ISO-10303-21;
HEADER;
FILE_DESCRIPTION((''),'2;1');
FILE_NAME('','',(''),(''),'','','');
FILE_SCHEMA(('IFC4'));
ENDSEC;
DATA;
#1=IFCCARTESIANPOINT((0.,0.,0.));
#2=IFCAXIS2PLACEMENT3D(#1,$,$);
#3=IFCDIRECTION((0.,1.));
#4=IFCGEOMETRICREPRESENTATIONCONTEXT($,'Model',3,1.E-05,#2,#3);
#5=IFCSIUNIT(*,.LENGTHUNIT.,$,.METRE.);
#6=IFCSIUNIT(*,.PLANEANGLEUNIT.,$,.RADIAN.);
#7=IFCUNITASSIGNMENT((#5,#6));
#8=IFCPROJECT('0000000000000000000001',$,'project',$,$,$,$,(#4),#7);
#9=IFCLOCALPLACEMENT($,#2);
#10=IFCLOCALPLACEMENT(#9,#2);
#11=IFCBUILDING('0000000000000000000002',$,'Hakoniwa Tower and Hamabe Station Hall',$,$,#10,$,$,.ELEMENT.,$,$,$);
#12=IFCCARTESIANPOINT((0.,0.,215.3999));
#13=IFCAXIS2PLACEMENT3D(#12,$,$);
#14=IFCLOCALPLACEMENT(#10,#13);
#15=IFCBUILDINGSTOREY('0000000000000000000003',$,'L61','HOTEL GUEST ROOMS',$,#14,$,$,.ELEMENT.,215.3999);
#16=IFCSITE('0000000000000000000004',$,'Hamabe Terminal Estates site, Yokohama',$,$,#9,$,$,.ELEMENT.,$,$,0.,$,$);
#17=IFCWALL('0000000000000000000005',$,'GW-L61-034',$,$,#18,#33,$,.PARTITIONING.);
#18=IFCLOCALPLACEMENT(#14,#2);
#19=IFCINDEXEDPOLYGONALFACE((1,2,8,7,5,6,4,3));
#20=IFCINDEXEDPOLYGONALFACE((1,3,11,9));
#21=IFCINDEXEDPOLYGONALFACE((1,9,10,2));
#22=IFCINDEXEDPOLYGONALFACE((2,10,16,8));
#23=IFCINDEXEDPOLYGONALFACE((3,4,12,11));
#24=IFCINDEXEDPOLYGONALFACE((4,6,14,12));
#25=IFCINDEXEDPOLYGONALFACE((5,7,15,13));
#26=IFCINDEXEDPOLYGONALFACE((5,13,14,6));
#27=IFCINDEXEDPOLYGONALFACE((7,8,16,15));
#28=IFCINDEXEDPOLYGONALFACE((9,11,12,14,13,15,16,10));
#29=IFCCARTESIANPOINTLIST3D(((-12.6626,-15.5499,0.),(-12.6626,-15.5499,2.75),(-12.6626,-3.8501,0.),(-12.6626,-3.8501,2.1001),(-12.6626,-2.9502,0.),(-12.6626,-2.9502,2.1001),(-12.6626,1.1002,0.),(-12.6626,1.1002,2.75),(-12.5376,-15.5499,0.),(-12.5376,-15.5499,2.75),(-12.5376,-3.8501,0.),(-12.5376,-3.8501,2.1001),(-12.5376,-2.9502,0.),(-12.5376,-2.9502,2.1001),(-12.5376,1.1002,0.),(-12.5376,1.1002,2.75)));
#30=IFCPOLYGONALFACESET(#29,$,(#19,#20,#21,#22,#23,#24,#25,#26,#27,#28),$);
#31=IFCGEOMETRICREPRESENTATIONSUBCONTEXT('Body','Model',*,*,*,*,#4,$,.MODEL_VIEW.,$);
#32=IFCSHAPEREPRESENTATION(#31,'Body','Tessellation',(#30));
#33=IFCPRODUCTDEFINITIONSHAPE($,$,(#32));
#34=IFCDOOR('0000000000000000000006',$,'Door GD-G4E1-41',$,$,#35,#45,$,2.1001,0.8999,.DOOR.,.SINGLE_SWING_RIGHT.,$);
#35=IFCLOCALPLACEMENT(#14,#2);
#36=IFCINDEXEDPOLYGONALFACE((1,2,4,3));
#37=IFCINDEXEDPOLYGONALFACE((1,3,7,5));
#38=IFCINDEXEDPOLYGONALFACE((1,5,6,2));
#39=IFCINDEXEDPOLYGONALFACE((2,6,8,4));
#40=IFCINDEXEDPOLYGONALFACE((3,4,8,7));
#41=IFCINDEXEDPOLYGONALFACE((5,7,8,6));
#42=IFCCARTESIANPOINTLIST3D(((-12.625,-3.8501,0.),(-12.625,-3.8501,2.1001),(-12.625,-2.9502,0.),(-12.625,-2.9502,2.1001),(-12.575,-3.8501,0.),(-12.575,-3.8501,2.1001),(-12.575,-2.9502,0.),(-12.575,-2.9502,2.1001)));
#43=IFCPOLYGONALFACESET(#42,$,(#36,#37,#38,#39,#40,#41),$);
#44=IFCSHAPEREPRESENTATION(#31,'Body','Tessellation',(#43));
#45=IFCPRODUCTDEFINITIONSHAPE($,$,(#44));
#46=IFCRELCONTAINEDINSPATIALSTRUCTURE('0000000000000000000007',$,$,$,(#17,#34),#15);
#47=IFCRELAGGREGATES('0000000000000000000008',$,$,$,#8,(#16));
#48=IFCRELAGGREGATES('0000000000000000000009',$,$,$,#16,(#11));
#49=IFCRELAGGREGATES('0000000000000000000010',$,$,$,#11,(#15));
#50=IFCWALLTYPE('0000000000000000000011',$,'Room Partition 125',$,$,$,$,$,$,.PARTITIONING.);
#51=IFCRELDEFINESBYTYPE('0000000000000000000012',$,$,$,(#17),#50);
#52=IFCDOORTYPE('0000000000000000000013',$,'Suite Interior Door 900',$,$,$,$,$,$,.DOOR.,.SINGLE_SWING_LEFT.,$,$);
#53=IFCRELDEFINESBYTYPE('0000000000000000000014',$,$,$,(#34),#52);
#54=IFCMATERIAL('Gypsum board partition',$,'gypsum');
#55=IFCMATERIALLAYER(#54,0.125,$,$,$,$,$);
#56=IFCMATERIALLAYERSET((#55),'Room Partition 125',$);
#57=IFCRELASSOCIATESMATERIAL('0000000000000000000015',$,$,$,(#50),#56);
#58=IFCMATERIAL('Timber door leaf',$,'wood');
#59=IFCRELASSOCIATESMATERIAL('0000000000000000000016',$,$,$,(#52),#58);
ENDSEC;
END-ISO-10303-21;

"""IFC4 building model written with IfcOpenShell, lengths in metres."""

from ifc_helpers import new_model, si_unit, direction, frame, frame_2d, origin, place, context, subcontext, project, spatial, rectangle, extrude, material, layer, layer_set, type_object, element, fill, save


model = new_model("IFC4")

# Units and contexts
model_context = context("Model", 3, precision=1e-05, world=origin(), true_north=direction((0.0, 1.0)))
body_context = subcontext(model_context, "Body", "Model", "MODEL_VIEW")
ifc_project = project(units=[si_unit("LENGTHUNIT", "METRE"), si_unit("PLANEANGLEUNIT", "RADIAN")], contexts=[model_context])

# Site, building, storey
site_placement = place(None, origin())
site = spatial("IfcSite", under=ifc_project, at=site_placement, Name="Hamabe Terminal Estates site, Yokohama", CompositionType="ELEMENT", RefElevation=0.0)
building_placement = place(site_placement, origin())
building = spatial("IfcBuilding", under=site, at=building_placement, Name="Hakoniwa Tower and Hamabe Station Hall", CompositionType="ELEMENT")
storey_placement = place(building_placement, frame((0.0, 0.0, 215.3999)))
storey = spatial("IfcBuildingStorey", under=building, at=storey_placement, Name="L61", Description="HOTEL GUEST ROOMS", CompositionType="ELEMENT", Elevation=215.3999)

# Wall, opening, door
ifc_material_1 = material(Name="Gypsum board partition", Category="gypsum")
ifc_layer_1 = layer(ifc_material_1, 0.125)
ifc_layer_set_1 = layer_set([ifc_layer_1], Name="Room Partition 125")
wall_type_1 = type_object("IfcWallType", Name="Room Partition 125", PredefinedType="PARTITIONING", material=ifc_layer_set_1)
ifc_material_2 = material(Name="Timber door leaf", Category="wood")
door_type_1 = type_object("IfcDoorType", Name="Suite Interior Door 900", OperationType="SINGLE_SWING_LEFT", PredefinedType="DOOR", material=ifc_material_2)
wall_1_placement = place(storey_placement, frame((-12.6001, -15.55, 0.0), z_axis=(0.0, 0.0, 1.0), x_axis=(0.0, 1.0, 0.0)))
wall_1 = element("IfcWall", 1, at=wall_1_placement, inside=storey, type_object=wall_type_1, Name="GW-L61-034", PredefinedType="PARTITIONING", context=body_context, shape_type="SweptSolid", body=[
    extrude(rectangle(XDim=16.6501, YDim=0.125, at=frame_2d((8.3252, 0.0))), origin(), (0.0, 0.0, 1.0), 2.75),
])
opening_1_placement = place(wall_1_placement, frame((11.7, 0.0, 0.0)))
opening_1 = element("IfcOpeningElement", 2, at=opening_1_placement, cuts=wall_1, PredefinedType="OPENING", context=body_context, shape_type="SweptSolid", body=[
    extrude(rectangle(XDim=0.8999, YDim=2.1001, at=frame_2d((0.45, 1.05))), frame((0.0, 0.0725, 0.0), z_axis=(0.0, -1.0, 0.0), x_axis=(1.0, 0.0, 0.0)), (0.0, 0.0, 1.0), 0.145),
])
door_1_placement = place(opening_1_placement, origin())
door_1 = element("IfcDoor", 3, at=door_1_placement, inside=storey, type_object=door_type_1, Name="Door GD-G4E1-41", OperationType="SINGLE_SWING_RIGHT", OverallHeight=2.1001, OverallWidth=0.8999, PredefinedType="DOOR", context=body_context, shape_type="SweptSolid", body=[
    extrude(rectangle(XDim=0.8999, YDim=2.1001, at=frame_2d((0.45, 1.05))), frame((0.0, 0.0249, 0.0), z_axis=(0.0, -1.0, 0.0), x_axis=(1.0, 0.0, 0.0)), (0.0, 0.0, 1.0), 0.05),
])
fill(opening_1, door_1)

save(model, "model.ifc")
